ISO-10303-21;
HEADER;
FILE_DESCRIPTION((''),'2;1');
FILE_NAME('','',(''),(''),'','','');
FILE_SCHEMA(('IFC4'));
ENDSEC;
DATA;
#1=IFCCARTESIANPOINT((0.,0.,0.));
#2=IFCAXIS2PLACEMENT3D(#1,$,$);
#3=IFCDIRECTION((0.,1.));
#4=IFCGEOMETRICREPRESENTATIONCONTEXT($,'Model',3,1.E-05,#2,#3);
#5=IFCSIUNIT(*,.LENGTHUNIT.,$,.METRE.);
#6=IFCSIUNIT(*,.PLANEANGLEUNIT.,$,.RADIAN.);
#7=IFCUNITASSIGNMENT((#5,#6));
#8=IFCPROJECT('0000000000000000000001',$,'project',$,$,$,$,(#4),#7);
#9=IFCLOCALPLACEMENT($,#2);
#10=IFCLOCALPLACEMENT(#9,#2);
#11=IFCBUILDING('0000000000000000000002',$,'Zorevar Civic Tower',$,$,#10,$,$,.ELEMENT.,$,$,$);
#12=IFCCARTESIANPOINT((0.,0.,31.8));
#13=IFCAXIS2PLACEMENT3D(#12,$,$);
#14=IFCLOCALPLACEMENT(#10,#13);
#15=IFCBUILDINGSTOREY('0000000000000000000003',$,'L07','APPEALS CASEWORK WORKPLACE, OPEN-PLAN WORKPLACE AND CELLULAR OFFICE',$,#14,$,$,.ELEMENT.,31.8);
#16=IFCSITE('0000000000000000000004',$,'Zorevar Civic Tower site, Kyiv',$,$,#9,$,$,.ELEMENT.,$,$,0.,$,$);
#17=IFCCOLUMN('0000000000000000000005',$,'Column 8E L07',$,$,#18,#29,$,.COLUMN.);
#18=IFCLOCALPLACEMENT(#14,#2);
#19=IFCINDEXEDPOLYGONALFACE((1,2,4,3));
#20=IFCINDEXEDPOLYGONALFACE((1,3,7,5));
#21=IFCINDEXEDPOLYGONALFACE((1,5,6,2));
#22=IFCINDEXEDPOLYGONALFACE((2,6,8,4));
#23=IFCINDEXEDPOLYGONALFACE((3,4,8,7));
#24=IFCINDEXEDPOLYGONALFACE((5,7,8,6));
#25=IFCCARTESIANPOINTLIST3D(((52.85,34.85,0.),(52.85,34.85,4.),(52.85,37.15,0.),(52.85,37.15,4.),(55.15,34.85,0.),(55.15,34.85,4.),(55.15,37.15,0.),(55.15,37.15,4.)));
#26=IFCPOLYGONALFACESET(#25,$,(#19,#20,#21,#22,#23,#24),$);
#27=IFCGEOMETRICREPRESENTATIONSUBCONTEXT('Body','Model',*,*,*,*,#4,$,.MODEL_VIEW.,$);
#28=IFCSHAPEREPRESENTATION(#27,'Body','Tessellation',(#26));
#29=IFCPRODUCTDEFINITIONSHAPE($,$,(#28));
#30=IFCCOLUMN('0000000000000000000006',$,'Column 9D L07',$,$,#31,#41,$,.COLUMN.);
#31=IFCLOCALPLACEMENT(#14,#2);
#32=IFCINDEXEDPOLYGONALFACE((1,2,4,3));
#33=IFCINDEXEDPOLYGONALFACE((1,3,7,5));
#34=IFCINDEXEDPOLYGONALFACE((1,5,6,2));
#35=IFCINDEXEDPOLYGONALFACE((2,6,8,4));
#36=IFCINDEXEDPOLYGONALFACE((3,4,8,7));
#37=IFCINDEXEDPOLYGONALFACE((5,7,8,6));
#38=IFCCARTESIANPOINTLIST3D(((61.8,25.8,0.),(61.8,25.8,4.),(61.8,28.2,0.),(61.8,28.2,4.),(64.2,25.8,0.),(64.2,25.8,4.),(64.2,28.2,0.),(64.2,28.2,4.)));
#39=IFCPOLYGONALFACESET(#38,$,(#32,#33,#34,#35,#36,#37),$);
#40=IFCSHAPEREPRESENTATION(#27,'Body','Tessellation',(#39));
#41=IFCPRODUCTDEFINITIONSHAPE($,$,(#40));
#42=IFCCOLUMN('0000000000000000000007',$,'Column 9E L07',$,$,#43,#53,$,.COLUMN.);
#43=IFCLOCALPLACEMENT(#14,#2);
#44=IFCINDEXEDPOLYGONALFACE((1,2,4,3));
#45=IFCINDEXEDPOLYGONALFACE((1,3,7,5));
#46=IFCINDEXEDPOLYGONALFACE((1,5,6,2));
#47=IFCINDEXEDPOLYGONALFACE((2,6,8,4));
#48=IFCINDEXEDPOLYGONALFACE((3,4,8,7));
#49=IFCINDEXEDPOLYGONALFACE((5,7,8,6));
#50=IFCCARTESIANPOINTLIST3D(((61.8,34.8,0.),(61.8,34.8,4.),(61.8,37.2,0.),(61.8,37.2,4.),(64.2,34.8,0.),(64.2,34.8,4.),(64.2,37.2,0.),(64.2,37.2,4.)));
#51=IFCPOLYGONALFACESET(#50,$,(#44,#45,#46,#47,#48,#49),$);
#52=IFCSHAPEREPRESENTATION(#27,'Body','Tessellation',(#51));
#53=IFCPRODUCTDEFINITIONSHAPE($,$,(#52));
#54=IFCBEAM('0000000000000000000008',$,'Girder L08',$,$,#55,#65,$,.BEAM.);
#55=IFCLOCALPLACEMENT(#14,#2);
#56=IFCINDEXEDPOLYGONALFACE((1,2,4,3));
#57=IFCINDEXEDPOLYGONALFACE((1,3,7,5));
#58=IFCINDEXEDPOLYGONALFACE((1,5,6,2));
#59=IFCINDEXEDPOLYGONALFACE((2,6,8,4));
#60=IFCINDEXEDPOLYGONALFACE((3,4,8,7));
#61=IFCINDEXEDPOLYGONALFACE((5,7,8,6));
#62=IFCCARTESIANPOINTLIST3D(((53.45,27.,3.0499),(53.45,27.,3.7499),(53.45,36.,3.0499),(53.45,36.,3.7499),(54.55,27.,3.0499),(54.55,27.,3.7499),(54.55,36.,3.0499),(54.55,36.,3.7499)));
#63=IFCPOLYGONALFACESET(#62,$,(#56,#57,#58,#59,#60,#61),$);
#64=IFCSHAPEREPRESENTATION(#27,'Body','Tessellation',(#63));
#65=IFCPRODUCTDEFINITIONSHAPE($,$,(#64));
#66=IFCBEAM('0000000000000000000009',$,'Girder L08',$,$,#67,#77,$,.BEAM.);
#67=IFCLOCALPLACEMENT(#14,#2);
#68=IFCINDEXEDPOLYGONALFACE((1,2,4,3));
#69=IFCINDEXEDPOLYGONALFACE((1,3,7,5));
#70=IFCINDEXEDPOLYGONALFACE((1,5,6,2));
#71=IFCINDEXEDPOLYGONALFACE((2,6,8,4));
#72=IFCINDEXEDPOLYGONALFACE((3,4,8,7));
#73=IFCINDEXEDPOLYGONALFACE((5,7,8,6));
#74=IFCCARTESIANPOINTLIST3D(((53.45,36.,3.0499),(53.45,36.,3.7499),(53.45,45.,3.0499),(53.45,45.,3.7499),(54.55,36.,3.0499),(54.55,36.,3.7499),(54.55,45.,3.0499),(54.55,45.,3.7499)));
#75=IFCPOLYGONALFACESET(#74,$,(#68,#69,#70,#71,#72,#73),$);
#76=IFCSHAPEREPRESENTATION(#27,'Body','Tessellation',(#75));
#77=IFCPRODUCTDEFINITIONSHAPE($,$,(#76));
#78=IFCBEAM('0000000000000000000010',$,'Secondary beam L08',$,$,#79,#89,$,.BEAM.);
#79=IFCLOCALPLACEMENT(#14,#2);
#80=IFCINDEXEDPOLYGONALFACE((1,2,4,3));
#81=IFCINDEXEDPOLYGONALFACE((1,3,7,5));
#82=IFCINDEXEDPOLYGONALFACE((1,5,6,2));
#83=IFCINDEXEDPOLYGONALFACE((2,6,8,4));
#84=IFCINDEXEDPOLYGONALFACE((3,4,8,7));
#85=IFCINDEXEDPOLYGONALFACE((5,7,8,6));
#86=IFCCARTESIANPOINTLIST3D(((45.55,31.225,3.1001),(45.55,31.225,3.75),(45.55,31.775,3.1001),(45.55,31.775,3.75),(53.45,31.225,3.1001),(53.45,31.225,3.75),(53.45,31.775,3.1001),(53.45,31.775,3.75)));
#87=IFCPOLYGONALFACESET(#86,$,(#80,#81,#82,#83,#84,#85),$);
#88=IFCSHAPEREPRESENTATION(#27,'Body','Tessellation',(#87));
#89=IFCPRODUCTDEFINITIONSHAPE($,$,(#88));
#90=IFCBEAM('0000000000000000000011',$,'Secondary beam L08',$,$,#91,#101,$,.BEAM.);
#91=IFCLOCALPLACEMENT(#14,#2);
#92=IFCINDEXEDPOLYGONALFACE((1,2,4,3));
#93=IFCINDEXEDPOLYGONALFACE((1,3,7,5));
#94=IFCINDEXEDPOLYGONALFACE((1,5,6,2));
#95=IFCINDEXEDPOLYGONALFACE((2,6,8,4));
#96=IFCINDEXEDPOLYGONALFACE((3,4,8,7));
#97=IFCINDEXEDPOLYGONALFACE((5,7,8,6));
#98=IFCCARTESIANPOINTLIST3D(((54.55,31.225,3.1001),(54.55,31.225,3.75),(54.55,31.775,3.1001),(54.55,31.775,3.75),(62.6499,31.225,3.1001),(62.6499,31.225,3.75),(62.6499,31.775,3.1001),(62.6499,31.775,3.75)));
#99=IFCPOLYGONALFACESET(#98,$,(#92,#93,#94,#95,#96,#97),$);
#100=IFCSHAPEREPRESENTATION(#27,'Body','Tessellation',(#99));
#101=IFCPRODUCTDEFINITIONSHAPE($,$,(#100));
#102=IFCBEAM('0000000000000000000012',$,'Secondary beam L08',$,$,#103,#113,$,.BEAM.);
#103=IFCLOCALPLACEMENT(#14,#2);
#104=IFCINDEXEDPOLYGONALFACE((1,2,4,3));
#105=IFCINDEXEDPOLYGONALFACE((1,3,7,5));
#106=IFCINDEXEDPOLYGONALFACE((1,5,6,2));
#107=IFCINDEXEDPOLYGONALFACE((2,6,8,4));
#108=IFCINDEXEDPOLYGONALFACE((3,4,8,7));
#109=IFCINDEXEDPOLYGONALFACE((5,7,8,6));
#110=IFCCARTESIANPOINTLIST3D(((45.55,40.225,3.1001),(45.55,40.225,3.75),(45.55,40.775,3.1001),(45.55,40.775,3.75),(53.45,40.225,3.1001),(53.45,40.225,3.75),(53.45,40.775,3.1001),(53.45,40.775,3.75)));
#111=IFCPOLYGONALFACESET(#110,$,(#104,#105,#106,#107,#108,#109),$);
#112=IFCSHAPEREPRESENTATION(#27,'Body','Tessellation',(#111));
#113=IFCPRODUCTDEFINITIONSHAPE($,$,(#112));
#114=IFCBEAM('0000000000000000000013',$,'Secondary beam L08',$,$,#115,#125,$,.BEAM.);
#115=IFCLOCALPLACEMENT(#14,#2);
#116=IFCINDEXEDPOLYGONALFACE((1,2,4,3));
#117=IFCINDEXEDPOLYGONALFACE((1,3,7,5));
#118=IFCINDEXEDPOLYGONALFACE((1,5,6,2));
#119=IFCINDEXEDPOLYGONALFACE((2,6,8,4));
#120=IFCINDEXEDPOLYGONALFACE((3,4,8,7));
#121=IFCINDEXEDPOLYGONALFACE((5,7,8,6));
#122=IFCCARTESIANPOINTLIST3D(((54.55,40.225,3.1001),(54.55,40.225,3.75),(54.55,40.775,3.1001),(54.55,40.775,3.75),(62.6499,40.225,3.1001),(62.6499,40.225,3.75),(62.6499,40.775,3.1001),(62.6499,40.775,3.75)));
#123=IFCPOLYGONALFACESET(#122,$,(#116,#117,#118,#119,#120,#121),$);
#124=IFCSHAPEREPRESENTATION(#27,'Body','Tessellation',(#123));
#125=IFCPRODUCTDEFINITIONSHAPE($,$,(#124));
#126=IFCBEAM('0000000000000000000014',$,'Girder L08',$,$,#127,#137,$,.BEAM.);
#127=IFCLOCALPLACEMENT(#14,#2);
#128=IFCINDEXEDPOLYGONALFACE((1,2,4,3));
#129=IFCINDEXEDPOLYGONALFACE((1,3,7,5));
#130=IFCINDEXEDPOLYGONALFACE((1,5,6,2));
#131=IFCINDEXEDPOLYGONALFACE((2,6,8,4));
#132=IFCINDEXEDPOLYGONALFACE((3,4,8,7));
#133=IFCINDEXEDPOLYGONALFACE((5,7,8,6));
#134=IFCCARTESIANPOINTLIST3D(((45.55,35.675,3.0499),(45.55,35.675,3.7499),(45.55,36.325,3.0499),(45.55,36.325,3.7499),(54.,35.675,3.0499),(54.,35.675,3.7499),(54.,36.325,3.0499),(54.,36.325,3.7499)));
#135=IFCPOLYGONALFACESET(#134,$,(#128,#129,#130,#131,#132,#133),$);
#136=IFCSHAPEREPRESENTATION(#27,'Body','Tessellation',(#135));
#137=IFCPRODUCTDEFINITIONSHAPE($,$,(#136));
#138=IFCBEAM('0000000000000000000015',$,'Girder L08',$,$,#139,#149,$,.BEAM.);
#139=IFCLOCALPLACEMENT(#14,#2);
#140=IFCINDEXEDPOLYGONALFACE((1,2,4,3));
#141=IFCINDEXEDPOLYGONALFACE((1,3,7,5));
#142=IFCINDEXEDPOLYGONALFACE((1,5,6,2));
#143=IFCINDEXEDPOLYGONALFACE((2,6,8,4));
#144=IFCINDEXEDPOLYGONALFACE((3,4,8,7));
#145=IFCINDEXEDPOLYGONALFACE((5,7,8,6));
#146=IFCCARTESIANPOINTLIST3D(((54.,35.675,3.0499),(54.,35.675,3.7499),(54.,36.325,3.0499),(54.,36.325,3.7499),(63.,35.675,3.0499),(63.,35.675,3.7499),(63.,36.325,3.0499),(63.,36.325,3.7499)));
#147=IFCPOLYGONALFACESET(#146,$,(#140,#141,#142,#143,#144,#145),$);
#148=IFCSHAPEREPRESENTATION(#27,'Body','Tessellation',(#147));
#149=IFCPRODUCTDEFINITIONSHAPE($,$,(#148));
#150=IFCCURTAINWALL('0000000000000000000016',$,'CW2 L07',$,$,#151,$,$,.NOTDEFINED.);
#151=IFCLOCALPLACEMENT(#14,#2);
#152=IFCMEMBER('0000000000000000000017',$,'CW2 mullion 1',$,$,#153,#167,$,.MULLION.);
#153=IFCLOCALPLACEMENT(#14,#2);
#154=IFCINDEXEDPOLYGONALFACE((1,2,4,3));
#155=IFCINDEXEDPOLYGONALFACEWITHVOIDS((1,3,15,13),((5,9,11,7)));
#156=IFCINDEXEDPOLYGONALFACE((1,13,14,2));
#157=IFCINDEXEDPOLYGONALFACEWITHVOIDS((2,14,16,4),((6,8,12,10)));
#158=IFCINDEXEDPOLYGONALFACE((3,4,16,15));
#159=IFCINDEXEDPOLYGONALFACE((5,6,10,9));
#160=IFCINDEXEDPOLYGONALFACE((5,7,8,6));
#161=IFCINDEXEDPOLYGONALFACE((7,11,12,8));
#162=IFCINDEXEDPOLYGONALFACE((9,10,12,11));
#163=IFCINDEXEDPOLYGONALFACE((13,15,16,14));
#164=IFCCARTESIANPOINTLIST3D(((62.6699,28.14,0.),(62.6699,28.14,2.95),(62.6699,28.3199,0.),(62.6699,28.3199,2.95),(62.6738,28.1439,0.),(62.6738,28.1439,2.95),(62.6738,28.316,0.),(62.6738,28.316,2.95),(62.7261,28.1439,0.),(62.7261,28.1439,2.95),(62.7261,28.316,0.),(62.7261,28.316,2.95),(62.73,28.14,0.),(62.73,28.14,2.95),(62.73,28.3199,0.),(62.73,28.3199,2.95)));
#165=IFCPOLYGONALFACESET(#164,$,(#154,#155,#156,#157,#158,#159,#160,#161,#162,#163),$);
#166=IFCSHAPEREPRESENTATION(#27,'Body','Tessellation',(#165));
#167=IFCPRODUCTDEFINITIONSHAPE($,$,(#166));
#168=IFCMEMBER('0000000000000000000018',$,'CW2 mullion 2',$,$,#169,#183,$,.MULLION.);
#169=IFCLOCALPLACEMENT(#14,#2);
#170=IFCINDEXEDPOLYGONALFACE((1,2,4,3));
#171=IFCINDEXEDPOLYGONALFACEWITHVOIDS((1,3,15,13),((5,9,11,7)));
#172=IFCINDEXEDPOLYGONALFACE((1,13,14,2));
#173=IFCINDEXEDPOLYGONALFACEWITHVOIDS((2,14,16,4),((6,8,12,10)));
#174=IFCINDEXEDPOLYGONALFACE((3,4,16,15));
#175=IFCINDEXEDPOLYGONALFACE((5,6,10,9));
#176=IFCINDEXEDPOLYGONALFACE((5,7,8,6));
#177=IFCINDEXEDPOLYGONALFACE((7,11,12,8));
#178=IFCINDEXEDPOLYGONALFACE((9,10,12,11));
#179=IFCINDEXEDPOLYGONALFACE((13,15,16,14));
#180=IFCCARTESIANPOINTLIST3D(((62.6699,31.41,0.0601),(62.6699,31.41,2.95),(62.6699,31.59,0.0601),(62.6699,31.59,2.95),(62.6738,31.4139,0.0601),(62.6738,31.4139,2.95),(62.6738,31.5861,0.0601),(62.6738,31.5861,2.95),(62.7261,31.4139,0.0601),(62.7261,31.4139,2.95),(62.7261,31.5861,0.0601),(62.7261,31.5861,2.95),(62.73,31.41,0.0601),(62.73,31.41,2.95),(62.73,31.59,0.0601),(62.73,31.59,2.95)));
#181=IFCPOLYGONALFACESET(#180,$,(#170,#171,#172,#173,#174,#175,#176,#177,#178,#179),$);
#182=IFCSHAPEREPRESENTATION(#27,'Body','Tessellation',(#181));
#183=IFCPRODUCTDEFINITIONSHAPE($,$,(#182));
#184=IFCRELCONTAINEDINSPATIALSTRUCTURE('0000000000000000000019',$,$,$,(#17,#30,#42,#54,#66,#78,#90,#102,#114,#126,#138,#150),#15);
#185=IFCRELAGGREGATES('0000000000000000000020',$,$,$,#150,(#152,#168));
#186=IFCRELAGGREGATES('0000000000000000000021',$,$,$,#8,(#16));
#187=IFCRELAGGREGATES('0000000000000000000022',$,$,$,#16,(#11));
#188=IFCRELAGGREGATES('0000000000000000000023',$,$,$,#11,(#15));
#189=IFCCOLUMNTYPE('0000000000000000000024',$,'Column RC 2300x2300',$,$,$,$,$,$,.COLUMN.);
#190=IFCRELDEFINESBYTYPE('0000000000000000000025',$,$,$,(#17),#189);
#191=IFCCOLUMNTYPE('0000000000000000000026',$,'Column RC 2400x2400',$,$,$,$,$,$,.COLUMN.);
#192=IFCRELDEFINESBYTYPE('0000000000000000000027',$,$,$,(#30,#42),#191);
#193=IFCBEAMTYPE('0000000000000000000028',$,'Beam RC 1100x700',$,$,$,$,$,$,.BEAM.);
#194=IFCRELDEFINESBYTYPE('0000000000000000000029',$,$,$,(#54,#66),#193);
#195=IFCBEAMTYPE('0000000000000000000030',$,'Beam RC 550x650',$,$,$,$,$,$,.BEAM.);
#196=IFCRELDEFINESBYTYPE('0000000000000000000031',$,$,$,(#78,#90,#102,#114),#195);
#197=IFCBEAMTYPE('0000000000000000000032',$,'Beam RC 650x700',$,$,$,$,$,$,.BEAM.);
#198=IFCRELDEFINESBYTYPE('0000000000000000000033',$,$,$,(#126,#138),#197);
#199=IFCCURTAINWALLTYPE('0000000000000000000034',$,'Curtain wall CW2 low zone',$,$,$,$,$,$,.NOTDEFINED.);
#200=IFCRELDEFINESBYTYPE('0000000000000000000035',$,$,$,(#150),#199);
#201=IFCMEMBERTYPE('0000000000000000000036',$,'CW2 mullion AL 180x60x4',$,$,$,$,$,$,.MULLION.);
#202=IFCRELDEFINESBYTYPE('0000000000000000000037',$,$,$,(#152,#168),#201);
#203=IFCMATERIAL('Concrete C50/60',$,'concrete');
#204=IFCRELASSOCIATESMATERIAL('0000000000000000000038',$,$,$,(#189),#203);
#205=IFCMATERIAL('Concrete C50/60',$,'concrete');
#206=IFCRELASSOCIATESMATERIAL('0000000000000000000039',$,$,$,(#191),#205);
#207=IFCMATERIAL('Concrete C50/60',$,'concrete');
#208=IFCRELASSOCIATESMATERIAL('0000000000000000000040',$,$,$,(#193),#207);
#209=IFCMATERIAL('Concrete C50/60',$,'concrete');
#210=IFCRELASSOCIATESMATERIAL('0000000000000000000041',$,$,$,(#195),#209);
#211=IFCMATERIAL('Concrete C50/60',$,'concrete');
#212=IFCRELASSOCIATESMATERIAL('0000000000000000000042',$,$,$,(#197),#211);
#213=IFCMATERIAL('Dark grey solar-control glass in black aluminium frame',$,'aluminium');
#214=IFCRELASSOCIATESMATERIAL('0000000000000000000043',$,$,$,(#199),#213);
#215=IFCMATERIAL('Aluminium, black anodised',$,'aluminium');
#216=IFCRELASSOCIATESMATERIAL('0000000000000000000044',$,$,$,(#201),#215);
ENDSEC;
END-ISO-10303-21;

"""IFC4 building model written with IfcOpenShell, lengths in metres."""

from ifc_helpers import new_model, si_unit, direction, frame, origin, origin_2d, place, context, subcontext, project, spatial, rectangle, hollow_rectangle, extrude, material, material_profile, profile_set, type_object, element, aggregate, save


model = new_model("IFC4")

# Units and contexts
model_context = context("Model", 3, precision=1e-05, world=origin(), true_north=direction((0.0, 1.0)))
body_context = subcontext(model_context, "Body", "Model", "MODEL_VIEW")
ifc_project = project(units=[si_unit("LENGTHUNIT", "METRE"), si_unit("PLANEANGLEUNIT", "RADIAN")], contexts=[model_context])

# Site, building, storey
site_placement = place(None, origin())
site = spatial("IfcSite", under=ifc_project, at=site_placement, Name="Zorevar Civic Tower site, Kyiv", CompositionType="ELEMENT", RefElevation=0.0)
building_placement = place(site_placement, origin())
building = spatial("IfcBuilding", under=site, at=building_placement, Name="Zorevar Civic Tower", CompositionType="ELEMENT")
storey_placement = place(building_placement, frame((0.0, 0.0, 31.8)))
storey = spatial("IfcBuildingStorey", under=building, at=storey_placement, Name="L07", Description="APPEALS CASEWORK WORKPLACE, OPEN-PLAN WORKPLACE AND CELLULAR OFFICE", CompositionType="ELEMENT", Elevation=31.8)

# Columns
ifc_material_1 = material(Name="Concrete C50/60", Category="concrete")
ifc_material_profile_1 = material_profile(ifc_material_1, rectangle(XDim=2.3, YDim=2.3, at=origin_2d()), Name="RC 2300x2300")
ifc_profile_set_1 = profile_set([ifc_material_profile_1], Name="Concrete C50/60")
column_type_1 = type_object("IfcColumnType", Name="Column RC 2300x2300", PredefinedType="COLUMN", material=ifc_profile_set_1)
column_placement = place(storey_placement, frame((54.0, 36.0, 0.0), z_axis=(0.0, 0.0, 1.0), x_axis=(1.0, 0.0, 0.0)))
element("IfcColumn", 1, at=column_placement, inside=storey, type_object=column_type_1, Name="Column 8E L07", PredefinedType="COLUMN", context=body_context, shape_type="SweptSolid", body=[
    extrude(rectangle(XDim=2.3, YDim=2.3, at=origin_2d()), origin(), (0.0, 0.0, 1.0), 4.0),
])
ifc_material_2 = material(Name="Concrete C50/60", Category="concrete")
ifc_material_profile_2 = material_profile(ifc_material_2, rectangle(XDim=2.3999, YDim=2.3999, at=origin_2d()), Name="RC 2400x2400")
ifc_profile_set_2 = profile_set([ifc_material_profile_2], Name="Concrete C50/60")
column_type_2 = type_object("IfcColumnType", Name="Column RC 2400x2400", PredefinedType="COLUMN", material=ifc_profile_set_2)
for number, where, z_axis, x_axis, name in (
    (2, (63.0, 27.0, 0.0), (0.0, 0.0, 1.0), (1.0, 0.0, 0.0), "Column 9D L07"),
    (3, (63.0, 36.0, 0.0), (0.0, 0.0, 1.0), (1.0, 0.0, 0.0), "Column 9E L07"),
):
    element("IfcColumn", number, at=place(storey_placement, frame(where, z_axis=z_axis, x_axis=x_axis)), inside=storey, type_object=column_type_2, Name=name, PredefinedType="COLUMN", context=body_context, shape_type="SweptSolid", body=[
        extrude(rectangle(XDim=2.3999, YDim=2.3999, at=origin_2d()), origin(), (0.0, 0.0, 1.0), 4.0),
    ])

# Beams
ifc_material_3 = material(Name="Concrete C50/60", Category="concrete")
ifc_material_profile_3 = material_profile(ifc_material_3, rectangle(XDim=1.1001, YDim=0.7, at=origin_2d()), Name="RC 1100x700")
ifc_profile_set_3 = profile_set([ifc_material_profile_3], Name="Concrete C50/60")
beam_type_1 = type_object("IfcBeamType", Name="Beam RC 1100x700", PredefinedType="BEAM", material=ifc_profile_set_3)
for number, where, z_axis, x_axis, name in (
    (4, (54.0, 27.0, 3.3999), (0.0, 1.0, 0.0), (-1.0, 0.0, 0.0), "Girder L08"),
    (5, (54.0, 36.0, 3.3999), (0.0, 1.0, 0.0), (-1.0, 0.0, 0.0), "Girder L08"),
):
    element("IfcBeam", number, at=place(storey_placement, frame(where, z_axis=z_axis, x_axis=x_axis)), inside=storey, type_object=beam_type_1, Name=name, PredefinedType="BEAM", context=body_context, shape_type="SweptSolid", body=[
        extrude(rectangle(XDim=1.1001, YDim=0.7, at=origin_2d()), origin(), (0.0, 0.0, 1.0), 9.0),
    ])
ifc_material_4 = material(Name="Concrete C50/60", Category="concrete")
ifc_material_profile_4 = material_profile(ifc_material_4, rectangle(XDim=0.55, YDim=0.6499, at=origin_2d()), Name="RC 550x650")
ifc_profile_set_4 = profile_set([ifc_material_profile_4], Name="Concrete C50/60")
beam_type_2 = type_object("IfcBeamType", Name="Beam RC 550x650", PredefinedType="BEAM", material=ifc_profile_set_4)
beam_1_placement = place(storey_placement, frame((45.55, 31.5, 3.425), z_axis=(1.0, 0.0, 0.0), x_axis=(0.0, 1.0, 0.0)))
element("IfcBeam", 6, at=beam_1_placement, inside=storey, type_object=beam_type_2, Name="Secondary beam L08", PredefinedType="BEAM", context=body_context, shape_type="SweptSolid", body=[
    extrude(rectangle(XDim=0.55, YDim=0.6499, at=origin_2d()), origin(), (0.0, 0.0, 1.0), 7.8999),
])
beam_2_placement = place(storey_placement, frame((54.55, 31.5, 3.425), z_axis=(1.0, 0.0, 0.0), x_axis=(0.0, 1.0, 0.0)))
element("IfcBeam", 7, at=beam_2_placement, inside=storey, type_object=beam_type_2, Name="Secondary beam L08", PredefinedType="BEAM", context=body_context, shape_type="SweptSolid", body=[
    extrude(rectangle(XDim=0.55, YDim=0.6499, at=origin_2d()), origin(), (0.0, 0.0, 1.0), 8.0999),
])
beam_3_placement = place(storey_placement, frame((45.55, 40.5, 3.425), z_axis=(1.0, 0.0, 0.0), x_axis=(0.0, 1.0, 0.0)))
element("IfcBeam", 8, at=beam_3_placement, inside=storey, type_object=beam_type_2, Name="Secondary beam L08", PredefinedType="BEAM", context=body_context, shape_type="SweptSolid", body=[
    extrude(rectangle(XDim=0.55, YDim=0.6499, at=origin_2d()), origin(), (0.0, 0.0, 1.0), 7.8999),
])
beam_4_placement = place(storey_placement, frame((54.55, 40.5, 3.425), z_axis=(1.0, 0.0, 0.0), x_axis=(0.0, 1.0, 0.0)))
element("IfcBeam", 9, at=beam_4_placement, inside=storey, type_object=beam_type_2, Name="Secondary beam L08", PredefinedType="BEAM", context=body_context, shape_type="SweptSolid", body=[
    extrude(rectangle(XDim=0.55, YDim=0.6499, at=origin_2d()), origin(), (0.0, 0.0, 1.0), 8.0999),
])
ifc_material_5 = material(Name="Concrete C50/60", Category="concrete")
ifc_material_profile_5 = material_profile(ifc_material_5, rectangle(XDim=0.6499, YDim=0.7, at=origin_2d()), Name="RC 650x700")
ifc_profile_set_5 = profile_set([ifc_material_profile_5], Name="Concrete C50/60")
beam_type_3 = type_object("IfcBeamType", Name="Beam RC 650x700", PredefinedType="BEAM", material=ifc_profile_set_5)
beam_5_placement = place(storey_placement, frame((45.55, 36.0, 3.3999), z_axis=(1.0, 0.0, 0.0), x_axis=(0.0, 1.0, 0.0)))
element("IfcBeam", 10, at=beam_5_placement, inside=storey, type_object=beam_type_3, Name="Girder L08", PredefinedType="BEAM", context=body_context, shape_type="SweptSolid", body=[
    extrude(rectangle(XDim=0.6499, YDim=0.7, at=origin_2d()), origin(), (0.0, 0.0, 1.0), 8.45),
])
beam_6_placement = place(storey_placement, frame((54.0, 36.0, 3.3999), z_axis=(1.0, 0.0, 0.0), x_axis=(0.0, 1.0, 0.0)))
element("IfcBeam", 11, at=beam_6_placement, inside=storey, type_object=beam_type_3, Name="Girder L08", PredefinedType="BEAM", context=body_context, shape_type="SweptSolid", body=[
    extrude(rectangle(XDim=0.6499, YDim=0.7, at=origin_2d()), origin(), (0.0, 0.0, 1.0), 9.0),
])

# Curtain wall, members
ifc_material_6 = material(Name="Dark grey solar-control glass in black aluminium frame", Category="aluminium")
curtain_wall_type = type_object("IfcCurtainWallType", Name="Curtain wall CW2 low zone", PredefinedType="NOTDEFINED", material=ifc_material_6)
curtain_wall_1_placement = place(storey_placement, origin())
curtain_wall_1 = element("IfcCurtainWall", 12, at=curtain_wall_1_placement, inside=storey, type_object=curtain_wall_type, Name="CW2 L07", PredefinedType="NOTDEFINED")
ifc_material_7 = material(Name="Aluminium, black anodised", Category="aluminium")
ifc_material_profile_6 = material_profile(ifc_material_7, hollow_rectangle(XDim=0.0601, YDim=0.1799, WallThickness=0.0039, at=origin_2d()), Name="AL 180x60x4")
ifc_profile_set_6 = profile_set([ifc_material_profile_6], Name="Aluminium, black anodised")
member_type_1 = type_object("IfcMemberType", Name="CW2 mullion AL 180x60x4", PredefinedType="MULLION", material=ifc_profile_set_6)
member_1_placement = place(storey_placement, frame((62.7, 28.23, 0.0), z_axis=(0.0, 0.0, 1.0), x_axis=(-1.0, 0.0, 0.0)))
member_1 = element("IfcMember", 13, at=member_1_placement, type_object=member_type_1, Name="CW2 mullion 1", PredefinedType="MULLION", context=body_context, shape_type="SweptSolid", body=[
    extrude(hollow_rectangle(XDim=0.0601, YDim=0.1799, WallThickness=0.0039, at=origin_2d()), origin(), (0.0, 0.0, 1.0), 2.95),
])
member_2_placement = place(storey_placement, frame((62.7, 31.5, 0.0601), z_axis=(0.0, 0.0, 1.0), x_axis=(-1.0, 0.0, 0.0)))
member_2 = element("IfcMember", 14, at=member_2_placement, type_object=member_type_1, Name="CW2 mullion 2", PredefinedType="MULLION", context=body_context, shape_type="SweptSolid", body=[
    extrude(hollow_rectangle(XDim=0.0601, YDim=0.1799, WallThickness=0.0039, at=origin_2d()), origin(), (0.0, 0.0, 1.0), 2.8899),
])

aggregate(curtain_wall_1, [member_1, member_2])

save(model, "model.ifc")
